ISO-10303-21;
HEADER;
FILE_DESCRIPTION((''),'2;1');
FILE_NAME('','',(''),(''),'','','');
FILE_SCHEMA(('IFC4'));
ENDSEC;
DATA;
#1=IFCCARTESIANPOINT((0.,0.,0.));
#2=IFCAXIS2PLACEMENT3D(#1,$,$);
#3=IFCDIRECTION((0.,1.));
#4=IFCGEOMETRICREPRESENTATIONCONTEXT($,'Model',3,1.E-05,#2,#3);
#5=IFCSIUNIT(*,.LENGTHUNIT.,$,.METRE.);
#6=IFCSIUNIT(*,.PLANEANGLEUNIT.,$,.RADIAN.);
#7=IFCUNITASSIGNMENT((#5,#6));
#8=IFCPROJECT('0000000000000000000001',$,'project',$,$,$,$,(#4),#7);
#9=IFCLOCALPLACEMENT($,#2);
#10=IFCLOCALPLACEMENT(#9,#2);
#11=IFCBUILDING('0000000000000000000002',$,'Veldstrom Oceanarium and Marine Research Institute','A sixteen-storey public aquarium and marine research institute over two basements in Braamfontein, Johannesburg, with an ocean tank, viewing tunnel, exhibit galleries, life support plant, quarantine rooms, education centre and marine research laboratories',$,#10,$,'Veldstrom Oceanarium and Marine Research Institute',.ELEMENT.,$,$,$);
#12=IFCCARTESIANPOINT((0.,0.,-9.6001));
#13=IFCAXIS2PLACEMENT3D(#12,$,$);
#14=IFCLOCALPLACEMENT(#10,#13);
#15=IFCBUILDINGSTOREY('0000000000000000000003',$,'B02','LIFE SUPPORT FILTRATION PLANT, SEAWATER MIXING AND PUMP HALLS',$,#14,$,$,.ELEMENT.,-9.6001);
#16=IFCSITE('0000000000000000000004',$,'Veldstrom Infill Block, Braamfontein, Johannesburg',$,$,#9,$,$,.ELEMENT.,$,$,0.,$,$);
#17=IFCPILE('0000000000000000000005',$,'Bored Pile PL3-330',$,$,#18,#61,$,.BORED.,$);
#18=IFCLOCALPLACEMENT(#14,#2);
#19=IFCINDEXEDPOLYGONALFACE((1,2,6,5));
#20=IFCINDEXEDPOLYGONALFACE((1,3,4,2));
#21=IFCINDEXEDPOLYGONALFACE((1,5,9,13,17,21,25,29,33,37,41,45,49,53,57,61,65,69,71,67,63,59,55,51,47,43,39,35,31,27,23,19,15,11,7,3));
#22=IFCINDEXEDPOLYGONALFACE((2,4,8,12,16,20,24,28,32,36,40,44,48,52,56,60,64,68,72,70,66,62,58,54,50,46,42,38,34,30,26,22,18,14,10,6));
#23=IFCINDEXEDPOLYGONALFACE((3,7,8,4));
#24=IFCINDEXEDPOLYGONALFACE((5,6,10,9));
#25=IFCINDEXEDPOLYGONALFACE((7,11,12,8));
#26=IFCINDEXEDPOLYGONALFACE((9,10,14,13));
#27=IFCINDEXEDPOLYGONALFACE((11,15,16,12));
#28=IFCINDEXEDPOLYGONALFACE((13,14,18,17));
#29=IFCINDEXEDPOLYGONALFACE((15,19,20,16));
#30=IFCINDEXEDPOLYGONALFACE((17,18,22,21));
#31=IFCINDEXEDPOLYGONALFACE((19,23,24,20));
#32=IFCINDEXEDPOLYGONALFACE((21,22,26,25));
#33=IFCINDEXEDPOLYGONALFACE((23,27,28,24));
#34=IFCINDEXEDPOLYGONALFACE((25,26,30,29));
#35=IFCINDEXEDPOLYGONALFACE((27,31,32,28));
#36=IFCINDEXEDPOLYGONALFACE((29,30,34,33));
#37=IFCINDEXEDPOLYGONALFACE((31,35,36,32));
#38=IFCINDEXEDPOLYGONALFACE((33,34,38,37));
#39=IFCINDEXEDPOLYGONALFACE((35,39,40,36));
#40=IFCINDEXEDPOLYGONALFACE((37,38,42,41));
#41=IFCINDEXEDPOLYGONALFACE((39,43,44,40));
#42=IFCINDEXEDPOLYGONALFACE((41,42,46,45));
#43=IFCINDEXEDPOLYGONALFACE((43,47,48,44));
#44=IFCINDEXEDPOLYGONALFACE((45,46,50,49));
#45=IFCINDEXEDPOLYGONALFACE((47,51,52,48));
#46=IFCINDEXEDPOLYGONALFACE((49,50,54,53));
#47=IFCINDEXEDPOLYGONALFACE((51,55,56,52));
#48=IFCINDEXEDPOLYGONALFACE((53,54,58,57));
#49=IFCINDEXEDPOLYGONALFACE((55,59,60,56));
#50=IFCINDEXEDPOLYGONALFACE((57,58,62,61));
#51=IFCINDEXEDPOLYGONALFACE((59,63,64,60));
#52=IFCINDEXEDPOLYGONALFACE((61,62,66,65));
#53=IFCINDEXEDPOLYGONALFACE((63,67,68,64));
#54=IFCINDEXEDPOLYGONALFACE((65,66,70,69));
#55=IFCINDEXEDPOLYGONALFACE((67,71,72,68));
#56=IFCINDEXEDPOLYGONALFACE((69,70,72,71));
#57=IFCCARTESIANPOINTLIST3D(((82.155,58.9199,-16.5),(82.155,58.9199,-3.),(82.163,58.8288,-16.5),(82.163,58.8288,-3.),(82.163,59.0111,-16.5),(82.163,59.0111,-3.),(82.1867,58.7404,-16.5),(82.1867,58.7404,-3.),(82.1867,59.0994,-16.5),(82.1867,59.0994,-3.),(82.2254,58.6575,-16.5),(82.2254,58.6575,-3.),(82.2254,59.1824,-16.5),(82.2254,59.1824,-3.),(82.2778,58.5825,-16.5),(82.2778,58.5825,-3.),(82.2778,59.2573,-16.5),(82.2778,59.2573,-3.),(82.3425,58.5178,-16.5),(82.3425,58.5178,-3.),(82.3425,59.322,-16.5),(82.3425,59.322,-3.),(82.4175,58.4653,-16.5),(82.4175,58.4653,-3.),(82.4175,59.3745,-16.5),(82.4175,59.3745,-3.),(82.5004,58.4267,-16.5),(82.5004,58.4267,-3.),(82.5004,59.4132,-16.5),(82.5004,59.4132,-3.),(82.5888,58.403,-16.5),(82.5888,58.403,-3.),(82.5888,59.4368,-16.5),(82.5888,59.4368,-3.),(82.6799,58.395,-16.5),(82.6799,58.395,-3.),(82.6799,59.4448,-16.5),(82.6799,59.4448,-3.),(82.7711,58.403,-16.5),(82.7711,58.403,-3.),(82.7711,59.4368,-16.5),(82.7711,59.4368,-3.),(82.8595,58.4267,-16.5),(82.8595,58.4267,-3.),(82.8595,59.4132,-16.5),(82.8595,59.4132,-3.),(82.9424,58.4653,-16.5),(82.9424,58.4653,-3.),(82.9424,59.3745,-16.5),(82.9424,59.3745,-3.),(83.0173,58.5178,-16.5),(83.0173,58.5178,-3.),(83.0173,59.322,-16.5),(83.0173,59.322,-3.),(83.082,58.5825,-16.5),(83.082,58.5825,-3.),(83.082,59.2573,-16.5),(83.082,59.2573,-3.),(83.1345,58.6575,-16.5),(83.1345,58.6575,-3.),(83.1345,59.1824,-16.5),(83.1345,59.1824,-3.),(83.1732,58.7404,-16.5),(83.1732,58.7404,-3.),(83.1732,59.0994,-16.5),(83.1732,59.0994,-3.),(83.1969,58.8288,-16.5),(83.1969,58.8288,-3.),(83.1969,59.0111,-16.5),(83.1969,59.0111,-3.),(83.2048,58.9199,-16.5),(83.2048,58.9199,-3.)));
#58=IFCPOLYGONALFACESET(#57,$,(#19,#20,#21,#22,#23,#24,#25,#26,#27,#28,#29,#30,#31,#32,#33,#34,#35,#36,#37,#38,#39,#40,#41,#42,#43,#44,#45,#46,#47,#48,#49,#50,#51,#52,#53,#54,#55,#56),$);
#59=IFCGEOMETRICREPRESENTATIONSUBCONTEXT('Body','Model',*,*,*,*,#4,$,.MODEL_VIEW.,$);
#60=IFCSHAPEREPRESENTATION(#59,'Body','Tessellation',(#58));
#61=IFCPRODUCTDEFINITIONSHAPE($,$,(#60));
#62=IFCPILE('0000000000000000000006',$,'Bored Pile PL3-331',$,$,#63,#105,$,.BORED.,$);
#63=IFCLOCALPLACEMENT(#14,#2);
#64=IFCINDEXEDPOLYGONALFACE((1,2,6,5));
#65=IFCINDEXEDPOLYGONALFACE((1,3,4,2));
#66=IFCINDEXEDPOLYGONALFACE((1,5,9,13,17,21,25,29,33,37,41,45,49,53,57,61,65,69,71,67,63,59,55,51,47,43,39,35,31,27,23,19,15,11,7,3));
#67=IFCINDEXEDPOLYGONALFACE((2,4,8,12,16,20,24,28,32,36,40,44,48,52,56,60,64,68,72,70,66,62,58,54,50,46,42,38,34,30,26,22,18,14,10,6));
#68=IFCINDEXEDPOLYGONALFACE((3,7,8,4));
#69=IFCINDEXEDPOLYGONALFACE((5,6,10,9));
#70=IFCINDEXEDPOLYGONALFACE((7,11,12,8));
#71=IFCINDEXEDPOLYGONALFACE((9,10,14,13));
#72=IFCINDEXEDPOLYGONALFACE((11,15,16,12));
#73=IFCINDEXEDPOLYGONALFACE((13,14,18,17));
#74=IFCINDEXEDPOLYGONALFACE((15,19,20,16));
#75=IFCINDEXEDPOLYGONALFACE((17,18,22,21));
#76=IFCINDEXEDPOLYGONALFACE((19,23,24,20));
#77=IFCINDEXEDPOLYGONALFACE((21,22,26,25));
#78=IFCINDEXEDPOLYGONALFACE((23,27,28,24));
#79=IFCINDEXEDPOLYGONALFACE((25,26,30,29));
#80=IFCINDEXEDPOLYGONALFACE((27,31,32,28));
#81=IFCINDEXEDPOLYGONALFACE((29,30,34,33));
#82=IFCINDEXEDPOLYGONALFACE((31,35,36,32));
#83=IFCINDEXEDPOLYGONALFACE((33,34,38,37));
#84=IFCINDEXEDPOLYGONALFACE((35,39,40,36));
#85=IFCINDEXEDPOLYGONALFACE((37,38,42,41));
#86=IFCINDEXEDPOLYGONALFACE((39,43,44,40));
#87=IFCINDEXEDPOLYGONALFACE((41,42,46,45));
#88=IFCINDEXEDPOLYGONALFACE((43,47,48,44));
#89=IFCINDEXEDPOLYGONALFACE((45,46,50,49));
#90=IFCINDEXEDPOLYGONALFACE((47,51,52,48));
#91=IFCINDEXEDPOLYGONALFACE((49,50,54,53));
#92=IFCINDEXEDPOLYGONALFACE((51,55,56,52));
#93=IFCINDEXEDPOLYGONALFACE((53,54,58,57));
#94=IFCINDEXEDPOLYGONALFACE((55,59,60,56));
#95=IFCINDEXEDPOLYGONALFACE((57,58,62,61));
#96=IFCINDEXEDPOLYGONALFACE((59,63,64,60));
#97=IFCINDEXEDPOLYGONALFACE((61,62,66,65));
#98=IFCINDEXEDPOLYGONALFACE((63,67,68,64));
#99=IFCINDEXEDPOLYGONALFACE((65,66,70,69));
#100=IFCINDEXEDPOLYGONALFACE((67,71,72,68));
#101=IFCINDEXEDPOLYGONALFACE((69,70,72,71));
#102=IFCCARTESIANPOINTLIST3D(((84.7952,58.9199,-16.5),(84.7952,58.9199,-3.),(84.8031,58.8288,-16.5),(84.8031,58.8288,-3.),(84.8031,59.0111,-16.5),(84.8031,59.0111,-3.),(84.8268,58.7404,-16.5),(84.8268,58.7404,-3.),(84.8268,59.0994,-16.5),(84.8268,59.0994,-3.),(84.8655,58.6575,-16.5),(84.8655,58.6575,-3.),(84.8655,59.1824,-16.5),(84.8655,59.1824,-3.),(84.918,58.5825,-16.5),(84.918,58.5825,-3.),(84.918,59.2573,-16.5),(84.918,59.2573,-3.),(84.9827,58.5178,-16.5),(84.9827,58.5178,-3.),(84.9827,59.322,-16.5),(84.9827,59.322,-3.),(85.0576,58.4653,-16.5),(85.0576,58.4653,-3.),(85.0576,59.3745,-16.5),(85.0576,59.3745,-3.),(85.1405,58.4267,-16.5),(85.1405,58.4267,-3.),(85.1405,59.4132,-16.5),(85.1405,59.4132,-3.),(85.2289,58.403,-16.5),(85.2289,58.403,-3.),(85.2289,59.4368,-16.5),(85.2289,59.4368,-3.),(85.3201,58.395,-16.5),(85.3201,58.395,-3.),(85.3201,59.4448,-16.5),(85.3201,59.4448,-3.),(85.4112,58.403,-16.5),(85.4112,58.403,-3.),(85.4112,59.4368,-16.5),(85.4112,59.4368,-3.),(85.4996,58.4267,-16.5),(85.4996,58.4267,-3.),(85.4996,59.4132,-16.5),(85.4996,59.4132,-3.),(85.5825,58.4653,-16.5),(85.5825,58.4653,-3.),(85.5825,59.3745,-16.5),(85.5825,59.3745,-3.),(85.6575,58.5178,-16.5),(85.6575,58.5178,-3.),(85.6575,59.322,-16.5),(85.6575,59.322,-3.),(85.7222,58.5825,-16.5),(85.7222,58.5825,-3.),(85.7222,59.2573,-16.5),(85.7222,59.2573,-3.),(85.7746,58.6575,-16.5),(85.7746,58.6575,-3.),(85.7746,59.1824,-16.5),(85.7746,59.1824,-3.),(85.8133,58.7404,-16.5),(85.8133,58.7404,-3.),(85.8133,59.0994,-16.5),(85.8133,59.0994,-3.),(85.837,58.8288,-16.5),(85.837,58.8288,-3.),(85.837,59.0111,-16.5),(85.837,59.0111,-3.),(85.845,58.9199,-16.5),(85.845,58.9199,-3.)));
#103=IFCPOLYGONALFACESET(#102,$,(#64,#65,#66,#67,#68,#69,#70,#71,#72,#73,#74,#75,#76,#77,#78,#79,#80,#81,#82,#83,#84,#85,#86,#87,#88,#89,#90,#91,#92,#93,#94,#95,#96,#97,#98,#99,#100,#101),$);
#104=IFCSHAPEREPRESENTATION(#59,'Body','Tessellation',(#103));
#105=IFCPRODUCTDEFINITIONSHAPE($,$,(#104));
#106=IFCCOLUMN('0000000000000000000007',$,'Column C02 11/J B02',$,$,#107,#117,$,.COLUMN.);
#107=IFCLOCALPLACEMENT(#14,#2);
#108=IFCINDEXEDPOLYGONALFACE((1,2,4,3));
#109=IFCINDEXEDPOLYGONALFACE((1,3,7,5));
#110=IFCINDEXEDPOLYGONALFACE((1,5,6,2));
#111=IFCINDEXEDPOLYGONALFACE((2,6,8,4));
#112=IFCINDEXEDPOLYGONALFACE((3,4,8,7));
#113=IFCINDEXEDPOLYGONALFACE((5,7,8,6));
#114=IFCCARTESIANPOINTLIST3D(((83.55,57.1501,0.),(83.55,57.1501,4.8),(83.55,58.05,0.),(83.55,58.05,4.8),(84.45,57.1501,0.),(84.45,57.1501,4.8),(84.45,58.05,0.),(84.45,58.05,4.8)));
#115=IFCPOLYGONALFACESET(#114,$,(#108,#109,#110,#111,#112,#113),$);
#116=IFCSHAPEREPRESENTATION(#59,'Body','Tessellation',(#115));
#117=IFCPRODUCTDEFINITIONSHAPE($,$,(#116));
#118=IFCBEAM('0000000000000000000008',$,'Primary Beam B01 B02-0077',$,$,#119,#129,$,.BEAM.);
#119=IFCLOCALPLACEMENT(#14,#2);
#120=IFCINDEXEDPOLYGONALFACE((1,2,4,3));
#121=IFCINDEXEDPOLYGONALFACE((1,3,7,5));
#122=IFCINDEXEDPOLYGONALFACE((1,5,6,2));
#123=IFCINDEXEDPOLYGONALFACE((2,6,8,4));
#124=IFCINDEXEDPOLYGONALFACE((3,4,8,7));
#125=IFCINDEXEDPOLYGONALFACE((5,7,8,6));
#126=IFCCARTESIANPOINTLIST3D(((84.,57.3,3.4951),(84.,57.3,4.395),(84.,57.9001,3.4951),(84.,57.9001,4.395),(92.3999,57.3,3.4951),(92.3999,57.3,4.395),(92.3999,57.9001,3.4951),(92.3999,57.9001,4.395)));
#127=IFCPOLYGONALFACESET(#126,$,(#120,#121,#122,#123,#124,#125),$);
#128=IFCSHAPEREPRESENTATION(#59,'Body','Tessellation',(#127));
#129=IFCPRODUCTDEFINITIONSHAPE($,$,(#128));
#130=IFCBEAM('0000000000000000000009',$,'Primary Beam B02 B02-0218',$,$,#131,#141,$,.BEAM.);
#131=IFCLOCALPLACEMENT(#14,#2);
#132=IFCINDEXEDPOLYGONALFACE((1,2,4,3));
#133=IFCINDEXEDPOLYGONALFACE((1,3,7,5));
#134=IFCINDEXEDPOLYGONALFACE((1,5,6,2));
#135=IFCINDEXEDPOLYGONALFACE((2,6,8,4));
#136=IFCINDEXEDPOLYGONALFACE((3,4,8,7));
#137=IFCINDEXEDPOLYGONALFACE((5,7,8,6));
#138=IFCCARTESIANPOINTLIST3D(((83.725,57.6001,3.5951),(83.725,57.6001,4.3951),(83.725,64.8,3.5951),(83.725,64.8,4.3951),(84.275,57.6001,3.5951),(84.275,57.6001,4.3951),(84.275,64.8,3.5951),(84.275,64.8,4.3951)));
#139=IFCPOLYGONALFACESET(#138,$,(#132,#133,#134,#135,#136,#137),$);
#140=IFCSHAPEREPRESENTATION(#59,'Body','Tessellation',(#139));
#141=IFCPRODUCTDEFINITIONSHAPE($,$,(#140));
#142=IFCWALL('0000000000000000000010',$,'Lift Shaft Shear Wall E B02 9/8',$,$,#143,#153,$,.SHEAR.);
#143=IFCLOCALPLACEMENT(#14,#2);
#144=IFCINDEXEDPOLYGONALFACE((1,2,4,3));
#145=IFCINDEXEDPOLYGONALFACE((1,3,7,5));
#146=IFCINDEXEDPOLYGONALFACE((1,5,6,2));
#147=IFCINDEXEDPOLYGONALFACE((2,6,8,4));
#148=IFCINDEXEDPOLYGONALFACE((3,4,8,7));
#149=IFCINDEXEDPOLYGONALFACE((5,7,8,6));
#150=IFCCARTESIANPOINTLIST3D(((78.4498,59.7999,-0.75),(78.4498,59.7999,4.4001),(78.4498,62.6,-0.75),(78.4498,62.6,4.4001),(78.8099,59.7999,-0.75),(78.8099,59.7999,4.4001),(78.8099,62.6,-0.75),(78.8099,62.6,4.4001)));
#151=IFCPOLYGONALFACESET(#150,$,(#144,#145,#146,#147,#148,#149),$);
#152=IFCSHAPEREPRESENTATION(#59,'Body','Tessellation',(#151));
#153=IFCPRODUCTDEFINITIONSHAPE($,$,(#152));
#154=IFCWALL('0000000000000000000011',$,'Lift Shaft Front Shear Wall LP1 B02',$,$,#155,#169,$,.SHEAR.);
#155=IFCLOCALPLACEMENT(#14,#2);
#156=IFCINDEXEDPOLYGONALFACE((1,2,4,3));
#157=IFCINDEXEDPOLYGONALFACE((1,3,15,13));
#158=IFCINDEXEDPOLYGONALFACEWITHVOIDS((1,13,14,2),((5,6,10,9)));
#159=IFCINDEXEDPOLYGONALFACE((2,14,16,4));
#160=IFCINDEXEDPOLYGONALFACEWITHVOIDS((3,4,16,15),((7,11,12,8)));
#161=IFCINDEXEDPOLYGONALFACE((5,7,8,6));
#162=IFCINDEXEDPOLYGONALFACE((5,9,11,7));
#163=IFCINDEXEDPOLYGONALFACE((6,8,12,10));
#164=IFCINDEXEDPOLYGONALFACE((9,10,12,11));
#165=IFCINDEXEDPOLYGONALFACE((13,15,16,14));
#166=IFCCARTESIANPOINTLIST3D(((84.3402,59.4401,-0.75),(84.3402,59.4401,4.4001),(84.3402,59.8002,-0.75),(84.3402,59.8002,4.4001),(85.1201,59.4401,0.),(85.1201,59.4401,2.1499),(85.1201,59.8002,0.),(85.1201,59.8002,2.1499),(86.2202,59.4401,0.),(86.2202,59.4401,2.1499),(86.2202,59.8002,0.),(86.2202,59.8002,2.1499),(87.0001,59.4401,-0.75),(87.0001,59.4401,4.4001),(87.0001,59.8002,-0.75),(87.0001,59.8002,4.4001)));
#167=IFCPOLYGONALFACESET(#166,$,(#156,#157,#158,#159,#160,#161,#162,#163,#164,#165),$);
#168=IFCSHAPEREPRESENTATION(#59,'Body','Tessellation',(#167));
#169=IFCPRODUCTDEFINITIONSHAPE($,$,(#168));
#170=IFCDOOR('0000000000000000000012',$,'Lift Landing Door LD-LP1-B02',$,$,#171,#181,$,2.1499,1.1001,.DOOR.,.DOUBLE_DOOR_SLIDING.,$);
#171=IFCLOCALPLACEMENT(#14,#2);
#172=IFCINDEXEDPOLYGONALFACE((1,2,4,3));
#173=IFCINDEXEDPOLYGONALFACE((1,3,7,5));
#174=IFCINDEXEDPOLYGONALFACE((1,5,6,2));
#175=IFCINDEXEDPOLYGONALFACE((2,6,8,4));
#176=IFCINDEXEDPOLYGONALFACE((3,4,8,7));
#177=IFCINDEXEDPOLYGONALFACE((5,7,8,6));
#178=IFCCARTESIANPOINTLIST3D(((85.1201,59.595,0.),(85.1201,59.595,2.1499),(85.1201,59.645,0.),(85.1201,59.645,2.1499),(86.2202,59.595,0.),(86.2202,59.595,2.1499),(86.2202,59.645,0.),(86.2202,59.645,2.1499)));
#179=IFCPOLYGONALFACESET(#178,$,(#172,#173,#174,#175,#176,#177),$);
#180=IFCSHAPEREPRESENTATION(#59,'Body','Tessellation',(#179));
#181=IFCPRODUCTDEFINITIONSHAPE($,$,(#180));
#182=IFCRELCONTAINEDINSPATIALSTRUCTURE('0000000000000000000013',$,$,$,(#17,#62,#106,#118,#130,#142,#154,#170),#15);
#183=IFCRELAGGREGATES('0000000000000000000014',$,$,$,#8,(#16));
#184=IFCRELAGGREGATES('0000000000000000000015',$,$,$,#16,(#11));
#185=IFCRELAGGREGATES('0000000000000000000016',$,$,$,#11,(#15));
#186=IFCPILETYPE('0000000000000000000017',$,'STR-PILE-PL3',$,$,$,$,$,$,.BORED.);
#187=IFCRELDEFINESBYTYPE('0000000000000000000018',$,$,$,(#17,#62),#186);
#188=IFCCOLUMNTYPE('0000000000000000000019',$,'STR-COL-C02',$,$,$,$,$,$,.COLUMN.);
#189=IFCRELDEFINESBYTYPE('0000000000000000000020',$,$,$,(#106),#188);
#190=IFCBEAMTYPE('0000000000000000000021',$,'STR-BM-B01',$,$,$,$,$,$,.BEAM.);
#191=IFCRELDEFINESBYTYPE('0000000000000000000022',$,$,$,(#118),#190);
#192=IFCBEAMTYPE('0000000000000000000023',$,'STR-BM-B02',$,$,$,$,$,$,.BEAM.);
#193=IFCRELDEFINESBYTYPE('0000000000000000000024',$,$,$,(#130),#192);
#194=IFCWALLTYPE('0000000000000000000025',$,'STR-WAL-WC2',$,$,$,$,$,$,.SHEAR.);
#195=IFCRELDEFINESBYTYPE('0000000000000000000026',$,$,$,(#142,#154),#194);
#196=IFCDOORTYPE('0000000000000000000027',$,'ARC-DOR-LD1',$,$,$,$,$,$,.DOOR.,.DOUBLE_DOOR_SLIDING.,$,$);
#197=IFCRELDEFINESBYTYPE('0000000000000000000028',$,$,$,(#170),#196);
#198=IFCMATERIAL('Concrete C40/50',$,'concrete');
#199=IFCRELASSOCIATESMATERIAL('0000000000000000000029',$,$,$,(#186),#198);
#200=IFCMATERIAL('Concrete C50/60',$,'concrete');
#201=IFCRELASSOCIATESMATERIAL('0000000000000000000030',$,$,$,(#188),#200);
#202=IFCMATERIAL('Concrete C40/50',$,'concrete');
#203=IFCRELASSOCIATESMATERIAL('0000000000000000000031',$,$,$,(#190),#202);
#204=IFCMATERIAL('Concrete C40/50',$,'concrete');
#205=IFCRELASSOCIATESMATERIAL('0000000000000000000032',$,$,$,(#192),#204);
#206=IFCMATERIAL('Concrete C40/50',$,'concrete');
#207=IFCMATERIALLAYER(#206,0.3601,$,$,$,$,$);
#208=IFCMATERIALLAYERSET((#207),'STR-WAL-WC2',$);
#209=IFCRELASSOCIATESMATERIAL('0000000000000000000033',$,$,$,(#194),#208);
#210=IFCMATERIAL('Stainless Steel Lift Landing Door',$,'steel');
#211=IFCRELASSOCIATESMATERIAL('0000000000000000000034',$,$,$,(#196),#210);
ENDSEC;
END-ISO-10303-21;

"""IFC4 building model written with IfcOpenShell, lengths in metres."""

from ifc_helpers import new_model, si_unit, direction, frame, frame_2d, origin, origin_2d, place, context, subcontext, project, spatial, rectangle, circle, extrude, material, layer, layer_set, material_profile, profile_set, type_object, element, fill, save


model = new_model("IFC4")

# Units and contexts
model_context = context("Model", 3, precision=1e-05, world=origin(), true_north=direction((0.0, 1.0)))
body_context = subcontext(model_context, "Body", "Model", "MODEL_VIEW")
ifc_project = project(units=[si_unit("LENGTHUNIT", "METRE"), si_unit("PLANEANGLEUNIT", "RADIAN")], contexts=[model_context])

# Site, building, storey
site_placement = place(None, origin())
site = spatial("IfcSite", under=ifc_project, at=site_placement, Name="Veldstrom Infill Block, Braamfontein, Johannesburg", CompositionType="ELEMENT", RefElevation=0.0)
building_placement = place(site_placement, origin())
building = spatial("IfcBuilding", under=site, at=building_placement, Name="Veldstrom Oceanarium and Marine Research Institute", Description="A sixteen-storey public aquarium and marine research institute over two basements in Braamfontein, Johannesburg, with an ocean tank, viewing tunnel, exhibit galleries, life support plant, quarantine rooms, education centre and marine research laboratories", LongName="Veldstrom Oceanarium and Marine Research Institute", CompositionType="ELEMENT")
storey_placement = place(building_placement, frame((0.0, 0.0, -9.6001)))
storey = spatial("IfcBuildingStorey", under=building, at=storey_placement, Name="B02", Description="LIFE SUPPORT FILTRATION PLANT, SEAWATER MIXING AND PUMP HALLS", CompositionType="ELEMENT", Elevation=-9.6001)

# Piles
ifc_material_1 = material(Name="Concrete C40/50", Category="concrete")
ifc_material_profile_1 = material_profile(ifc_material_1, circle(Radius=0.5249, at=origin_2d()), Name="PILE-D1050")
ifc_profile_set_1 = profile_set([ifc_material_profile_1], Name="Concrete C40/50")
pile_type = type_object("IfcPileType", Name="STR-PILE-PL3", PredefinedType="BORED", material=ifc_profile_set_1)
for number, where, z_axis, x_axis, name in (
    (1, (82.6799, 58.9199, -3.0), (0.0, 0.0, -1.0), (1.0, 0.0, 0.0), "Bored Pile PL3-330"),
    (2, (85.3201, 58.9199, -3.0), (0.0, 0.0, -1.0), (1.0, 0.0, 0.0), "Bored Pile PL3-331"),
):
    element("IfcPile", number, at=place(storey_placement, frame(where, z_axis=z_axis, x_axis=x_axis)), inside=storey, type_object=pile_type, Name=name, PredefinedType="BORED", context=body_context, shape_type="SweptSolid", body=[
        extrude(circle(Radius=0.5249, at=origin_2d()), origin(), (0.0, 0.0, 1.0), 13.5),
    ])

# Column
ifc_material_2 = material(Name="Concrete C50/60", Category="concrete")
ifc_material_profile_2 = material_profile(ifc_material_2, rectangle(XDim=0.8999, YDim=0.8999, at=origin_2d()), Name="RC-COL-900x900")
ifc_profile_set_2 = profile_set([ifc_material_profile_2], Name="Concrete C50/60")
column_type = type_object("IfcColumnType", Name="STR-COL-C02", PredefinedType="COLUMN", material=ifc_profile_set_2)
column_placement = place(storey_placement, frame((84.0, 57.6001, 0.0), z_axis=(0.0, 0.0, 1.0), x_axis=(1.0, 0.0, 0.0)))
element("IfcColumn", 3, at=column_placement, inside=storey, type_object=column_type, Name="Column C02 11/J B02", PredefinedType="COLUMN", context=body_context, shape_type="SweptSolid", body=[
    extrude(rectangle(XDim=0.8999, YDim=0.8999, at=origin_2d()), origin(), (0.0, 0.0, 1.0), 4.8),
])

# Beams
ifc_material_3 = material(Name="Concrete C40/50", Category="concrete")
ifc_material_profile_3 = material_profile(ifc_material_3, rectangle(XDim=0.6001, YDim=0.8999, at=origin_2d()), Name="RC-BM-600x900")
ifc_profile_set_3 = profile_set([ifc_material_profile_3], Name="Concrete C40/50")
beam_type_1 = type_object("IfcBeamType", Name="STR-BM-B01", PredefinedType="BEAM", material=ifc_profile_set_3)
beam_1_placement = place(storey_placement, frame((84.0, 57.6001, 3.9451), z_axis=(1.0, 0.0, 0.0), x_axis=(0.0, 1.0, 0.0)))
element("IfcBeam", 4, at=beam_1_placement, inside=storey, type_object=beam_type_1, Name="Primary Beam B01 B02-0077", PredefinedType="BEAM", context=body_context, shape_type="SweptSolid", body=[
    extrude(rectangle(XDim=0.6001, YDim=0.8999, at=origin_2d()), origin(), (0.0, 0.0, 1.0), 8.3999),
])
ifc_material_4 = material(Name="Concrete C40/50", Category="concrete")
ifc_material_profile_4 = material_profile(ifc_material_4, rectangle(XDim=0.55, YDim=0.8, at=origin_2d()), Name="RC-BM-550x800")
ifc_profile_set_4 = profile_set([ifc_material_profile_4], Name="Concrete C40/50")
beam_type_2 = type_object("IfcBeamType", Name="STR-BM-B02", PredefinedType="BEAM", material=ifc_profile_set_4)
beam_2_placement = place(storey_placement, frame((84.0, 57.6001, 3.9951), z_axis=(0.0, 1.0, 0.0), x_axis=(-1.0, 0.0, 0.0)))
element("IfcBeam", 5, at=beam_2_placement, inside=storey, type_object=beam_type_2, Name="Primary Beam B02 B02-0218", PredefinedType="BEAM", context=body_context, shape_type="SweptSolid", body=[
    extrude(rectangle(XDim=0.55, YDim=0.8, at=origin_2d()), origin(), (0.0, 0.0, 1.0), 7.2),
])

# Wall
ifc_material_5 = material(Name="Concrete C40/50", Category="concrete")
ifc_layer_1 = layer(ifc_material_5, 0.3601)
ifc_layer_set_1 = layer_set([ifc_layer_1], Name="STR-WAL-WC2")
wall_type_1 = type_object("IfcWallType", Name="STR-WAL-WC2", PredefinedType="SHEAR", material=ifc_layer_set_1)
wall_1_placement = place(storey_placement, frame((78.6299, 59.8, -0.75), z_axis=(0.0, 0.0, 1.0), x_axis=(0.0, 1.0, 0.0)))
element("IfcWall", 6, at=wall_1_placement, inside=storey, type_object=wall_type_1, Name="Lift Shaft Shear Wall E B02 9/8", PredefinedType="SHEAR", context=body_context, shape_type="SweptSolid", body=[
    extrude(rectangle(XDim=2.8, YDim=0.3601, at=frame_2d((1.3999, 0.0))), origin(), (0.0, 0.0, 1.0), 5.1501),
])

# Wall, opening, door
wall_2_placement = place(storey_placement, frame((84.3401, 59.6201, -0.75), z_axis=(0.0, 0.0, 1.0), x_axis=(1.0, 0.0, 0.0)))
wall_2 = element("IfcWall", 7, at=wall_2_placement, inside=storey, type_object=wall_type_1, Name="Lift Shaft Front Shear Wall LP1 B02", PredefinedType="SHEAR", context=body_context, shape_type="SweptSolid", body=[
    extrude(rectangle(XDim=2.6599, YDim=0.3601, at=frame_2d((1.3301, 0.0))), origin(), (0.0, 0.0, 1.0), 5.1501),
])
opening_1_placement = place(wall_2_placement, frame((0.78, 0.0, 0.75)))
opening_1 = element("IfcOpeningElement", 8, at=opening_1_placement, cuts=wall_2, PredefinedType="OPENING", context=body_context, shape_type="SweptSolid", body=[
    extrude(rectangle(XDim=1.1001, YDim=2.1499, at=frame_2d((0.55, 1.075))), frame((0.0, 0.1899, 0.0), z_axis=(0.0, -1.0, 0.0), x_axis=(1.0, 0.0, 0.0)), (0.0, 0.0, 1.0), 0.3801),
])
ifc_material_6 = material(Name="Stainless Steel Lift Landing Door", Category="steel")
door_type_1 = type_object("IfcDoorType", Name="ARC-DOR-LD1", OperationType="DOUBLE_DOOR_SLIDING", PredefinedType="DOOR", material=ifc_material_6)
door_1_placement = place(opening_1_placement, origin())
door_1 = element("IfcDoor", 9, at=door_1_placement, inside=storey, type_object=door_type_1, Name="Lift Landing Door LD-LP1-B02", OperationType="DOUBLE_DOOR_SLIDING", OverallHeight=2.1499, OverallWidth=1.1001, PredefinedType="DOOR", context=body_context, shape_type="SweptSolid", body=[
    extrude(rectangle(XDim=1.1001, YDim=2.1499, at=frame_2d((0.55, 1.075))), frame((0.0, 0.0249, 0.0), z_axis=(0.0, -1.0, 0.0), x_axis=(1.0, 0.0, 0.0)), (0.0, 0.0, 1.0), 0.05),
])
fill(opening_1, door_1)

save(model, "model.ifc")
